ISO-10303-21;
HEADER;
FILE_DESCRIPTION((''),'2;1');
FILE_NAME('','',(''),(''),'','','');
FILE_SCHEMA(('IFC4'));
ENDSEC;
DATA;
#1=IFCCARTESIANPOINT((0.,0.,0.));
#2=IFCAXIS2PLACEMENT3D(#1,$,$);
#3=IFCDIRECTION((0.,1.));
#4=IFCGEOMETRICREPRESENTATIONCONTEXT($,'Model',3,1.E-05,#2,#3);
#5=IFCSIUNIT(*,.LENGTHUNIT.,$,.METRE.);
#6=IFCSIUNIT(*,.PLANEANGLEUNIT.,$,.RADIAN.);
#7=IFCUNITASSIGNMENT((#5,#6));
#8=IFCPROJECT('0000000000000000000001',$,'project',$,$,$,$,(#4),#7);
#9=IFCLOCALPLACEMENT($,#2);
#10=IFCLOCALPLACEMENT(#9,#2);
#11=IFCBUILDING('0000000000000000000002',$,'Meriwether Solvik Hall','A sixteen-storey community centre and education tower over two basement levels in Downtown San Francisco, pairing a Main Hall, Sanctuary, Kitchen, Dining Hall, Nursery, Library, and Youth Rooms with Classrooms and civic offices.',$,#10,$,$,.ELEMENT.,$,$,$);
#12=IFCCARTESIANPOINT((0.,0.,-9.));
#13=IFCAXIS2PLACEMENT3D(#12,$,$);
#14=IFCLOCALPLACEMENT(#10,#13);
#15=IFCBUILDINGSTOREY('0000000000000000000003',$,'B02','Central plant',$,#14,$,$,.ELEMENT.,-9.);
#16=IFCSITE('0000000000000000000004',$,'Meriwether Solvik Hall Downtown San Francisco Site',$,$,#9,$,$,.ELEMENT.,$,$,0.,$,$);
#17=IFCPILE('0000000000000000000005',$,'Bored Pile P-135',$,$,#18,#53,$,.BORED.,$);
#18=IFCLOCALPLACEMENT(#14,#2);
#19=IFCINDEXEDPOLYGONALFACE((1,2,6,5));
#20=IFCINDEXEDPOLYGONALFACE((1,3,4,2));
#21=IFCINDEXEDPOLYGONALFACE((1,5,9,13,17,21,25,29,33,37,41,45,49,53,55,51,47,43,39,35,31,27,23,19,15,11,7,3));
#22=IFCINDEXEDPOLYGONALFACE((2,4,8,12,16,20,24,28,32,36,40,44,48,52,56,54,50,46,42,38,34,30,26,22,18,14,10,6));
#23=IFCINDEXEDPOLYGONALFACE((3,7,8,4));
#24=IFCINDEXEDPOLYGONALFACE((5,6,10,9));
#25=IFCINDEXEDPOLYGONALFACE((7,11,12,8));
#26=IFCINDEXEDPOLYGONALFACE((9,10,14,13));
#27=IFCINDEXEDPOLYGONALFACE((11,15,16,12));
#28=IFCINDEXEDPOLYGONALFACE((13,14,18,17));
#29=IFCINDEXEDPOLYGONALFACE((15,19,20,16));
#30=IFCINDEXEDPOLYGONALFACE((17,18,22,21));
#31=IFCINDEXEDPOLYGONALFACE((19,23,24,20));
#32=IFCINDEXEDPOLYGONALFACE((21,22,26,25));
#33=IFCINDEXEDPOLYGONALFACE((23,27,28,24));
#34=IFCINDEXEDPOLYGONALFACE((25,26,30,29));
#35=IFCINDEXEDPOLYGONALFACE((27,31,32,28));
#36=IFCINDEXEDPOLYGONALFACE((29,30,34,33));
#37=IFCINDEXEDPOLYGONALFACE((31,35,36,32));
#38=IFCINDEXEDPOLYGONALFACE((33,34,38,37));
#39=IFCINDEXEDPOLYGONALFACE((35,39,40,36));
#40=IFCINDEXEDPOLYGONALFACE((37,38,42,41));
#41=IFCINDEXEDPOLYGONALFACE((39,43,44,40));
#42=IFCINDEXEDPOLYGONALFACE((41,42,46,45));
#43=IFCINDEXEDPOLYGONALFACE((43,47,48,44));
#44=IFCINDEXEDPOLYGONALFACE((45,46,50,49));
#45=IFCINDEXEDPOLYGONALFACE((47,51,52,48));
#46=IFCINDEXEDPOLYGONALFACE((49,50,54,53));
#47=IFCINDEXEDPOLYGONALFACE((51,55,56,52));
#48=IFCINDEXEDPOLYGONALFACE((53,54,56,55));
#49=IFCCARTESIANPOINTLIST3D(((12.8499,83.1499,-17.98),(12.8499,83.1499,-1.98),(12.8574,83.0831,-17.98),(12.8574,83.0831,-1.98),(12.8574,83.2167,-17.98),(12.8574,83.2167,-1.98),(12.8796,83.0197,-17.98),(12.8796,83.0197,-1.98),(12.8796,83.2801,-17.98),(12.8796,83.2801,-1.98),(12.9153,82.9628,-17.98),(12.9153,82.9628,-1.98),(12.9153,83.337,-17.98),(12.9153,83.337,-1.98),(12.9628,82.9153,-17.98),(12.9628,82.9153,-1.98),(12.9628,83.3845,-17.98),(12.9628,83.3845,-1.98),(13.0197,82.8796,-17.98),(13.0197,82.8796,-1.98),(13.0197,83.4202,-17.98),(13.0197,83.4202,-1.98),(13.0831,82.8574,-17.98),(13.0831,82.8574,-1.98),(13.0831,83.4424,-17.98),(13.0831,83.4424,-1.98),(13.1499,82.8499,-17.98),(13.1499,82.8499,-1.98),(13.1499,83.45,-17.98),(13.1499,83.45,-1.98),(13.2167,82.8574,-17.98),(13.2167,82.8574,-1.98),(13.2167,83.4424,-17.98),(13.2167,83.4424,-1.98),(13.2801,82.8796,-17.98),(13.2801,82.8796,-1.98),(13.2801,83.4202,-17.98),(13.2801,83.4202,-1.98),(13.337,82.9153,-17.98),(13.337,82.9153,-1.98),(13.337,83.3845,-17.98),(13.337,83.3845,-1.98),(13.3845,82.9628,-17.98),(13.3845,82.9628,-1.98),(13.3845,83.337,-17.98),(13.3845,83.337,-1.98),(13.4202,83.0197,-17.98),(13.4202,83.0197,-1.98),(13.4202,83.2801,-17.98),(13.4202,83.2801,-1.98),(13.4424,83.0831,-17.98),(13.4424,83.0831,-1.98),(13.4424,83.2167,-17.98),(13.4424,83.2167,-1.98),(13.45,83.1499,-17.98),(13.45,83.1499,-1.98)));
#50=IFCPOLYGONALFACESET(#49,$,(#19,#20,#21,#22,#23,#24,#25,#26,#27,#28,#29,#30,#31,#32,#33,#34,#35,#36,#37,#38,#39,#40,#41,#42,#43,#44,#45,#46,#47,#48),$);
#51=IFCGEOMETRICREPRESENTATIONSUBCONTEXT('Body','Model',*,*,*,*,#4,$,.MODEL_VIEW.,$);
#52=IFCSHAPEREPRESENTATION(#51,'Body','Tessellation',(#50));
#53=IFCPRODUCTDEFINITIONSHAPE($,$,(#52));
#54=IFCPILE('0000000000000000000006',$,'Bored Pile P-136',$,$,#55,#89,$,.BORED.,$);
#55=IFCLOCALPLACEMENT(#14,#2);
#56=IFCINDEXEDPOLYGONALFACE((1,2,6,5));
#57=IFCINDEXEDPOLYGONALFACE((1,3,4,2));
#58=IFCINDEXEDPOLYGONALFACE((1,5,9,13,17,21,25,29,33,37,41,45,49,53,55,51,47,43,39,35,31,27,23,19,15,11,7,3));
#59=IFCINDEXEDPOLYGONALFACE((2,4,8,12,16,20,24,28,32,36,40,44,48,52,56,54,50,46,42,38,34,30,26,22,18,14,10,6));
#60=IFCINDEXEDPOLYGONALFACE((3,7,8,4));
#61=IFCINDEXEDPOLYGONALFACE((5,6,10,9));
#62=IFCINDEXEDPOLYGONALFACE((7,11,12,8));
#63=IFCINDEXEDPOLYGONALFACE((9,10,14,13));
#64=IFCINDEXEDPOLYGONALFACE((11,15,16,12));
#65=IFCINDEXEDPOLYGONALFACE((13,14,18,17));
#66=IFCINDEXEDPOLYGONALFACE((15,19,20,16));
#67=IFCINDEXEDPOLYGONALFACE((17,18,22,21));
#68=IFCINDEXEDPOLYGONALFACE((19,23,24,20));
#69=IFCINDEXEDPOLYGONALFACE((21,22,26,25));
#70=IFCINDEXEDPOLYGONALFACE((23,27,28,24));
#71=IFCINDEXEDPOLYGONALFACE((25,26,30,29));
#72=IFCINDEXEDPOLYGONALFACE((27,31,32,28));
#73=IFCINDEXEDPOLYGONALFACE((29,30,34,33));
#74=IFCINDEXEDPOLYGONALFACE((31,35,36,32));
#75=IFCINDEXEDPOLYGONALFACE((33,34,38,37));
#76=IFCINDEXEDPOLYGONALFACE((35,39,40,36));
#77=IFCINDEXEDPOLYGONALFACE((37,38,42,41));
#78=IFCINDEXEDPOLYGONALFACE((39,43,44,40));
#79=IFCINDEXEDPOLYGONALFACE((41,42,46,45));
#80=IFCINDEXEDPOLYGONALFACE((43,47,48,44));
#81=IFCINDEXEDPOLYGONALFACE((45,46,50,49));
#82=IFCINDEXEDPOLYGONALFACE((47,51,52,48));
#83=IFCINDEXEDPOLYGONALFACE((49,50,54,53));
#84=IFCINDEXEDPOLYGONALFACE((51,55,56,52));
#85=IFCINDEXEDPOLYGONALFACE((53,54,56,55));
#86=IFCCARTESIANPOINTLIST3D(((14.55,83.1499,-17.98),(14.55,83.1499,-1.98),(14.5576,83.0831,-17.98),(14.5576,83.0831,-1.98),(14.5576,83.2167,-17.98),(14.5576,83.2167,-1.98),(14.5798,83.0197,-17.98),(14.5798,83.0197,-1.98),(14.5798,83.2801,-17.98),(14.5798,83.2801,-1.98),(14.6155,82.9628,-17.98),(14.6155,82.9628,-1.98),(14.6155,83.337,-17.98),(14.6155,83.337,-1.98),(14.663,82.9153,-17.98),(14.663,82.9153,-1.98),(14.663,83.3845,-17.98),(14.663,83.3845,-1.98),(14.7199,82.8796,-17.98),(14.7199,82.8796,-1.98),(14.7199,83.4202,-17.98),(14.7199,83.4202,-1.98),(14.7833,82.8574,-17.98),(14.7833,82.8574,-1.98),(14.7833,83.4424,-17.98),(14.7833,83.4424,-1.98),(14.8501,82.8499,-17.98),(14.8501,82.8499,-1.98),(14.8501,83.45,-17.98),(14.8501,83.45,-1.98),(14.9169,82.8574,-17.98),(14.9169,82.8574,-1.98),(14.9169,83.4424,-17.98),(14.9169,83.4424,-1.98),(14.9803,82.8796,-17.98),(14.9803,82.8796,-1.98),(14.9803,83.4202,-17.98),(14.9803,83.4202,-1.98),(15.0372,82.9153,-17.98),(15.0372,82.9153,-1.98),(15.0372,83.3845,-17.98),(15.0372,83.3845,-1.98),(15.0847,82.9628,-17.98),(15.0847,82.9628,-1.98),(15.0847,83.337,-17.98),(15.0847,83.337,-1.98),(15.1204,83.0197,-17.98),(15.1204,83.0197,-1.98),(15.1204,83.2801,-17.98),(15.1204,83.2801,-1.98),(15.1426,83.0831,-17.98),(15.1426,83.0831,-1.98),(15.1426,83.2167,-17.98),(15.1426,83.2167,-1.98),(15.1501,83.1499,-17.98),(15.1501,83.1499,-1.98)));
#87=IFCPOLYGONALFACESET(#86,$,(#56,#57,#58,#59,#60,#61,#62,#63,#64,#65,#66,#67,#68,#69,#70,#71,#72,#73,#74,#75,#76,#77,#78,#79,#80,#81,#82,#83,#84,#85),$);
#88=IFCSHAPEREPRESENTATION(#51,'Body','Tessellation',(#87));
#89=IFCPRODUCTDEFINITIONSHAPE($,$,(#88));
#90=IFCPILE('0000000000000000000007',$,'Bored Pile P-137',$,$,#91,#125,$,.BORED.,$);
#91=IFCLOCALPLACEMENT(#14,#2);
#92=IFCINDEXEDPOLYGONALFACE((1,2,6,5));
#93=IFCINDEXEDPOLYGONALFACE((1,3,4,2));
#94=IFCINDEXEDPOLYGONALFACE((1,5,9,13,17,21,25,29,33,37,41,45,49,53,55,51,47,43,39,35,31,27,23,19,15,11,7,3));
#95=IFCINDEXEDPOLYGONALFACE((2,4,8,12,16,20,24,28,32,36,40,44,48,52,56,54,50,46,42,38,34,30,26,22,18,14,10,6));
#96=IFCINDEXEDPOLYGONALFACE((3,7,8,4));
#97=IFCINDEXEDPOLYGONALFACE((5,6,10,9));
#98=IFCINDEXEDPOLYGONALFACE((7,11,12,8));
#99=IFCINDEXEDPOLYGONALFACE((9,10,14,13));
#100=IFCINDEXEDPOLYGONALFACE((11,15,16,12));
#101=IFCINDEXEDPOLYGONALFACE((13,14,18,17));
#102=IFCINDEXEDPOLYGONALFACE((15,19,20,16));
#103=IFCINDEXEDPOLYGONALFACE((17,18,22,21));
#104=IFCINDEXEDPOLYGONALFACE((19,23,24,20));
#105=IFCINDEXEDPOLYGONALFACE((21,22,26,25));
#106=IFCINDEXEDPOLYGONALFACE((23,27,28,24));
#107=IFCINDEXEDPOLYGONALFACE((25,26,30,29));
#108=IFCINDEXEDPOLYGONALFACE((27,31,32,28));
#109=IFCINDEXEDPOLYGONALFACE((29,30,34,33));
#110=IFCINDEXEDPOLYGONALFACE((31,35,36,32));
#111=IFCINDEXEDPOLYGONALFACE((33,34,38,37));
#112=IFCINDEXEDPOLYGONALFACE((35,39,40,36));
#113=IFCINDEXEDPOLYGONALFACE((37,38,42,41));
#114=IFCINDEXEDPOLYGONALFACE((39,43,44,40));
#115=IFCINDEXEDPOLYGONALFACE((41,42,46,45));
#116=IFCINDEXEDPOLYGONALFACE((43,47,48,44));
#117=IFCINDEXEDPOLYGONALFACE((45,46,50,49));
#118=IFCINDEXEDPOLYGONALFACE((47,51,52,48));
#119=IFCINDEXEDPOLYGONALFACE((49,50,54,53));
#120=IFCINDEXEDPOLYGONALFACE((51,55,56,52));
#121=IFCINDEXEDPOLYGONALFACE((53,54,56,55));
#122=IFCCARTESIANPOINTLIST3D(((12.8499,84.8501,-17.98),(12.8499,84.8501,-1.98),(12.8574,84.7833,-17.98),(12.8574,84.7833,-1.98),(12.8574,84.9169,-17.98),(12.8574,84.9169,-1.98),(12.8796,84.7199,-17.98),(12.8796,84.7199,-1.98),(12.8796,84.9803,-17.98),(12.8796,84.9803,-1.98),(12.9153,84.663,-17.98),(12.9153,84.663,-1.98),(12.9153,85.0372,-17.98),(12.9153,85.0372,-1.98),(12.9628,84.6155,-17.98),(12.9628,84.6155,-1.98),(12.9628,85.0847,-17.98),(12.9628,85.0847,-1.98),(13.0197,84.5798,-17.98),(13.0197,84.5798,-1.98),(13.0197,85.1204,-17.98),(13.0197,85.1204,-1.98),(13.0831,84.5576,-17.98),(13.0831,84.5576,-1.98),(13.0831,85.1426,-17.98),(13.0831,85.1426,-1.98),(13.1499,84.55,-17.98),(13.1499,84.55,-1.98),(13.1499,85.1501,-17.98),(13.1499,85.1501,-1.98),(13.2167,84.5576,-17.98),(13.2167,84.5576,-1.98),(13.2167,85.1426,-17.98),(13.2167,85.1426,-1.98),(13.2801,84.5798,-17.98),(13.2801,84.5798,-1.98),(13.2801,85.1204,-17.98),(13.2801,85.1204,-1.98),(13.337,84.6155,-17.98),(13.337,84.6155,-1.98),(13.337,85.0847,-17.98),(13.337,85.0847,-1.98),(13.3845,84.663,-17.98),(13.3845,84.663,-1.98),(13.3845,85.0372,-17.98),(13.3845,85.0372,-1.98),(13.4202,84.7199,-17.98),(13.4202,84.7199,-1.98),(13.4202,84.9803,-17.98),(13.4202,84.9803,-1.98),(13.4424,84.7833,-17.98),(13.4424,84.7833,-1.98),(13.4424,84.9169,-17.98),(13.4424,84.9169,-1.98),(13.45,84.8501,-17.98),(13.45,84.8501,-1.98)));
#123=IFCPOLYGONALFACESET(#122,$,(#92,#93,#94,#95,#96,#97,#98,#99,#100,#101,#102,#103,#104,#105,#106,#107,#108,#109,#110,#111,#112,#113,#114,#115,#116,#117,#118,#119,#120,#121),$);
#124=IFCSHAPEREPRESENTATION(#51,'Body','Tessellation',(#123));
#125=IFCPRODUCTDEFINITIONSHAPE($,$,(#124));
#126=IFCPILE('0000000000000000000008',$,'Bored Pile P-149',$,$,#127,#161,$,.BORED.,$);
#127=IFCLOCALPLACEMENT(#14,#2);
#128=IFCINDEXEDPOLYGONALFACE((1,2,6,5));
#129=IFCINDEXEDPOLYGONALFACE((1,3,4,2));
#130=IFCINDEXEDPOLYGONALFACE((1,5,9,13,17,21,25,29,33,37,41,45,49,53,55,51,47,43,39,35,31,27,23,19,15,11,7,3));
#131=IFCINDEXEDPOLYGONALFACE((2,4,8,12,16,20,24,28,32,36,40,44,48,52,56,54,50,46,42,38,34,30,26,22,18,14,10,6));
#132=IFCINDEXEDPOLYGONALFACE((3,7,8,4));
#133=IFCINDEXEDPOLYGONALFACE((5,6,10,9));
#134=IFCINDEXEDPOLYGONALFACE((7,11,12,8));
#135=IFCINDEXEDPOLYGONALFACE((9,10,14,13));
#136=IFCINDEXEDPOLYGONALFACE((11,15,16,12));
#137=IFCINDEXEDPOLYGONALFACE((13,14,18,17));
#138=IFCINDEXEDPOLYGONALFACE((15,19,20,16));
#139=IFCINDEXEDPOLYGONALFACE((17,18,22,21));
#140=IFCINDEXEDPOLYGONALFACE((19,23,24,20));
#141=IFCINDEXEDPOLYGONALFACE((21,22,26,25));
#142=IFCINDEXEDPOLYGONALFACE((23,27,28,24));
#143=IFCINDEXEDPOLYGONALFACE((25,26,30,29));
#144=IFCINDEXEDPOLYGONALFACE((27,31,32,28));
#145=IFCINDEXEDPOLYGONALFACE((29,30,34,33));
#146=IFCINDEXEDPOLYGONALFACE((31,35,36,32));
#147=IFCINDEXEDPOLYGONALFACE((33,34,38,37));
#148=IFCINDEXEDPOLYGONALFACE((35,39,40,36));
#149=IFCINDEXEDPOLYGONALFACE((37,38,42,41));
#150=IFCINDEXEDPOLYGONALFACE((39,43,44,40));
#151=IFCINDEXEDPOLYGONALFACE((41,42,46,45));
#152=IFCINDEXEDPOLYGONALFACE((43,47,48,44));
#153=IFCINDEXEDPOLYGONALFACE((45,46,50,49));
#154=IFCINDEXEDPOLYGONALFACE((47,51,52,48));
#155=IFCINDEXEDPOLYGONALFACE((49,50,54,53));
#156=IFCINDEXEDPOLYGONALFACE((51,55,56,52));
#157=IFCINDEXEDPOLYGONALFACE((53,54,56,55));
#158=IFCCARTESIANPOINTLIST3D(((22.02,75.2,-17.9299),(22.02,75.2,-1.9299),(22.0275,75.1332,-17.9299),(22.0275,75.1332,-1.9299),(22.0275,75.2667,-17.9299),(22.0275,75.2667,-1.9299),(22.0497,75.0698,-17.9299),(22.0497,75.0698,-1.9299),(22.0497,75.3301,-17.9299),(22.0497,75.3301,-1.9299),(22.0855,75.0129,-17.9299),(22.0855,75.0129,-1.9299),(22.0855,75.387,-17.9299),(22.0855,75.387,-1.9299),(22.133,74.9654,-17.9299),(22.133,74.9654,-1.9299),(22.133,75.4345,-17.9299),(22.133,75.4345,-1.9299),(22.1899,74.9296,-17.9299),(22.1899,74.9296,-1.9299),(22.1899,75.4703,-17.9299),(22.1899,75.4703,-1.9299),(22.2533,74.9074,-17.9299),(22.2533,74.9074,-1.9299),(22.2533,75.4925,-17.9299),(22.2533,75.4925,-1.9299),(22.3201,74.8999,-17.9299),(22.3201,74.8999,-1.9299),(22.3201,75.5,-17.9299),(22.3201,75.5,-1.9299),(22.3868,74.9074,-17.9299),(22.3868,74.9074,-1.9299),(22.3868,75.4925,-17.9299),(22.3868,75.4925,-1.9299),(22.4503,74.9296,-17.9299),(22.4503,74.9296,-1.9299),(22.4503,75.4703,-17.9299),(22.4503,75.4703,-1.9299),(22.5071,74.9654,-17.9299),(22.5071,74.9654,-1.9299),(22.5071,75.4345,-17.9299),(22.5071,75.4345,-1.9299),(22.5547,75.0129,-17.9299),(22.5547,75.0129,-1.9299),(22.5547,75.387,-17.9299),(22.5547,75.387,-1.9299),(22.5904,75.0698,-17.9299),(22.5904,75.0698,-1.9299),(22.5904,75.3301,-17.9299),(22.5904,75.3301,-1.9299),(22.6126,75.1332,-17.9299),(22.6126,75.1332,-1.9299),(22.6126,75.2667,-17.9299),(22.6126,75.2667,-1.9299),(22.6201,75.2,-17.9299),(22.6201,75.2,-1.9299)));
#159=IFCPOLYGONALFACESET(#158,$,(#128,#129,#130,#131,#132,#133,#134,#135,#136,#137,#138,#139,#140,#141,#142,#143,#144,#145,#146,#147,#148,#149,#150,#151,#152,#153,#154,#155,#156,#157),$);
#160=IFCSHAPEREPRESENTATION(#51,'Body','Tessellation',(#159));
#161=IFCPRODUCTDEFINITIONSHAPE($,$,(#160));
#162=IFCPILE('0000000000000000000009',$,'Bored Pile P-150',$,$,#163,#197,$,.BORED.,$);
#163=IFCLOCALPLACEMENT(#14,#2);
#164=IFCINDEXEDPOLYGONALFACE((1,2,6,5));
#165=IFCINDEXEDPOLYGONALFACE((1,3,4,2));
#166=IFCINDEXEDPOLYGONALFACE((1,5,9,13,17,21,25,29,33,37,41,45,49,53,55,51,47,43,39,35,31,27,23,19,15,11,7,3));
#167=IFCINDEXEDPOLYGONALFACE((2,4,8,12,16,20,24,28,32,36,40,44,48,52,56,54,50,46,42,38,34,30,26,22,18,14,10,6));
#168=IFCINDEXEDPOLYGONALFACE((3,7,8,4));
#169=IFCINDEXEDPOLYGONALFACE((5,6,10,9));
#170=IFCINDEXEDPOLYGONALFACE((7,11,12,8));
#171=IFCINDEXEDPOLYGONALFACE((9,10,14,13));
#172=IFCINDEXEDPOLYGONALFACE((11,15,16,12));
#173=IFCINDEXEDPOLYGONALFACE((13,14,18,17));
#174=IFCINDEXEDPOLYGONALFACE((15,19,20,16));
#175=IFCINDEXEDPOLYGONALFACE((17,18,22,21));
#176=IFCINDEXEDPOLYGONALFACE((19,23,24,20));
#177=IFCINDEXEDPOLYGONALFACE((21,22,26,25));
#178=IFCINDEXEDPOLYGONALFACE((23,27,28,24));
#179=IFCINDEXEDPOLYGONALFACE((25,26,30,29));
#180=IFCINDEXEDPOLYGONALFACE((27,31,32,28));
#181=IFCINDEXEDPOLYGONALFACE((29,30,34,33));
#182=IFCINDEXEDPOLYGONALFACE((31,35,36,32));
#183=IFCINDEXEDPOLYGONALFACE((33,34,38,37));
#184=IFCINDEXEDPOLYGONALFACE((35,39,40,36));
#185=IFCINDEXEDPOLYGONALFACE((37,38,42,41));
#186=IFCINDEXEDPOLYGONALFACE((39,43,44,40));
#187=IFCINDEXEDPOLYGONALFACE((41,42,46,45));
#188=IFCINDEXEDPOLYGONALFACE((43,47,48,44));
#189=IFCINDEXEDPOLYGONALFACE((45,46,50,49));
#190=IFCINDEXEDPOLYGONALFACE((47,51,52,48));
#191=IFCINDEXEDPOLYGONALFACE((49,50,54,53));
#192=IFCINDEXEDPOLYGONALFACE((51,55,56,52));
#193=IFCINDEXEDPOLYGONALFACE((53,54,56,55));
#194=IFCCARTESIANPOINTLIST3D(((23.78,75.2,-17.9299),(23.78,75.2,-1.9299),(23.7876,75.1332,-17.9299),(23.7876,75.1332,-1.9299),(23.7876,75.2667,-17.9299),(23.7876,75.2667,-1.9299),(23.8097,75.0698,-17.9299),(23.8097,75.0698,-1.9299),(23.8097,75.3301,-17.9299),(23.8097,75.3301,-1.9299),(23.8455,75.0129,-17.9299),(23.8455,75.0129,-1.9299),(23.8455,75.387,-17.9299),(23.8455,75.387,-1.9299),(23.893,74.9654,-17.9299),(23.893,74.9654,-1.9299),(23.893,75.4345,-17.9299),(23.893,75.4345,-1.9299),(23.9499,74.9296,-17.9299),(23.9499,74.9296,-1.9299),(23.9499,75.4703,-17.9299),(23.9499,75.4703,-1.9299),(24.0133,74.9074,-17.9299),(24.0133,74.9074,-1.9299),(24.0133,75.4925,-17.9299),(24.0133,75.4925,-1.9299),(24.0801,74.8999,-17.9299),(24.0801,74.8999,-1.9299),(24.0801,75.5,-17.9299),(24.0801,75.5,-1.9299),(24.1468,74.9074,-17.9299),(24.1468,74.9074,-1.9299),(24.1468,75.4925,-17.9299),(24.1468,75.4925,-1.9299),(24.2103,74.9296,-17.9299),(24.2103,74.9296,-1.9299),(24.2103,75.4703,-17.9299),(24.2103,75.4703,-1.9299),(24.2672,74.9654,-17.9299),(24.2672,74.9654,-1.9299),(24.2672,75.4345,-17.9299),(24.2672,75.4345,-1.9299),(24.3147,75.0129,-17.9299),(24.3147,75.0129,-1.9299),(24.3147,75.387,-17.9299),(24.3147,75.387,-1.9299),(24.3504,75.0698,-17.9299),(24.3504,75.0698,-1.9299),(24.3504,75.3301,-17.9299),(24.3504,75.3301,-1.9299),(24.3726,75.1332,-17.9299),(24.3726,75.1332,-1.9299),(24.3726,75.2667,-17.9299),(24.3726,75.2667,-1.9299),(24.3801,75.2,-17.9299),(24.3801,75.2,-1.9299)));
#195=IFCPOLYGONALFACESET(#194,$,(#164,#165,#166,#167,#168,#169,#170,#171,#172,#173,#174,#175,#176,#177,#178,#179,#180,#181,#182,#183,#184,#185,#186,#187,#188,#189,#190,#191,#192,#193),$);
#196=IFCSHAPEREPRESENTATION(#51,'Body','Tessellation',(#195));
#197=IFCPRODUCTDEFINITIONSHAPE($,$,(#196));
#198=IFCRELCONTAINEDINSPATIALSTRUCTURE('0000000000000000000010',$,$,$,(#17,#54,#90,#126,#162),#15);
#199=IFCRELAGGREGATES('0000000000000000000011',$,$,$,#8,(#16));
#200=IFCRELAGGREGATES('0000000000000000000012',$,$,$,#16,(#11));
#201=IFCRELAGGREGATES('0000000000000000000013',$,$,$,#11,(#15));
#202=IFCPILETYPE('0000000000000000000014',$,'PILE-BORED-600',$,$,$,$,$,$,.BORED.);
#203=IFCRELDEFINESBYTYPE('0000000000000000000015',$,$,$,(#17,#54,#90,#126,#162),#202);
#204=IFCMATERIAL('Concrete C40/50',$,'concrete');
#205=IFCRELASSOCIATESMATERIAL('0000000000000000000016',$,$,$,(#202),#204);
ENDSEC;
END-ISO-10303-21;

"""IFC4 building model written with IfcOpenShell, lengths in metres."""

from ifc_helpers import new_model, si_unit, direction, frame, origin, origin_2d, place, context, subcontext, project, spatial, circle, extrude, material, material_profile, profile_set, type_object, element, save


model = new_model("IFC4")

# Units and contexts
model_context = context("Model", 3, precision=1e-05, world=origin(), true_north=direction((0.0, 1.0)))
body_context = subcontext(model_context, "Body", "Model", "MODEL_VIEW")
ifc_project = project(units=[si_unit("LENGTHUNIT", "METRE"), si_unit("PLANEANGLEUNIT", "RADIAN")], contexts=[model_context])

# Site, building, storey
site_placement = place(None, origin())
site = spatial("IfcSite", under=ifc_project, at=site_placement, Name="Meriwether Solvik Hall Downtown San Francisco Site", CompositionType="ELEMENT", RefElevation=0.0)
building_placement = place(site_placement, origin())
building = spatial("IfcBuilding", under=site, at=building_placement, Name="Meriwether Solvik Hall", Description="A sixteen-storey community centre and education tower over two basement levels in Downtown San Francisco, pairing a Main Hall, Sanctuary, Kitchen, Dining Hall, Nursery, Library, and Youth Rooms with Classrooms and civic offices.", CompositionType="ELEMENT")
storey_placement = place(building_placement, frame((0.0, 0.0, -9.0)))
storey = spatial("IfcBuildingStorey", under=building, at=storey_placement, Name="B02", Description="Central plant", CompositionType="ELEMENT", Elevation=-9.0)

# Piles
ifc_material_1 = material(Name="Concrete C40/50", Category="concrete")
ifc_material_profile_1 = material_profile(ifc_material_1, circle(Radius=0.3, at=origin_2d()), Name="PILE-D600")
ifc_profile_set_1 = profile_set([ifc_material_profile_1], Name="Concrete C40/50")
pile_type_1 = type_object("IfcPileType", Name="PILE-BORED-600", PredefinedType="BORED", material=ifc_profile_set_1)
for number, where, z_axis, x_axis, name in (
    (1, (13.1499, 83.1499, -1.98), (0.0, 0.0, -1.0), (1.0, 0.0, 0.0), "Bored Pile P-135"),
    (2, (14.8501, 83.1499, -1.98), (0.0, 0.0, -1.0), (1.0, 0.0, 0.0), "Bored Pile P-136"),
    (3, (13.1499, 84.8501, -1.98), (0.0, 0.0, -1.0), (1.0, 0.0, 0.0), "Bored Pile P-137"),
    (4, (22.3201, 75.2, -1.9299), (0.0, 0.0, -1.0), (1.0, 0.0, 0.0), "Bored Pile P-149"),
    (5, (24.0801, 75.2, -1.9299), (0.0, 0.0, -1.0), (1.0, 0.0, 0.0), "Bored Pile P-150"),
):
    element("IfcPile", number, at=place(storey_placement, frame(where, z_axis=z_axis, x_axis=x_axis)), inside=storey, type_object=pile_type_1, Name=name, PredefinedType="BORED", context=body_context, shape_type="SweptSolid", body=[
        extrude(circle(Radius=0.3, at=origin_2d()), origin(), (0.0, 0.0, 1.0), 16.0),
    ])

save(model, "model.ifc")
